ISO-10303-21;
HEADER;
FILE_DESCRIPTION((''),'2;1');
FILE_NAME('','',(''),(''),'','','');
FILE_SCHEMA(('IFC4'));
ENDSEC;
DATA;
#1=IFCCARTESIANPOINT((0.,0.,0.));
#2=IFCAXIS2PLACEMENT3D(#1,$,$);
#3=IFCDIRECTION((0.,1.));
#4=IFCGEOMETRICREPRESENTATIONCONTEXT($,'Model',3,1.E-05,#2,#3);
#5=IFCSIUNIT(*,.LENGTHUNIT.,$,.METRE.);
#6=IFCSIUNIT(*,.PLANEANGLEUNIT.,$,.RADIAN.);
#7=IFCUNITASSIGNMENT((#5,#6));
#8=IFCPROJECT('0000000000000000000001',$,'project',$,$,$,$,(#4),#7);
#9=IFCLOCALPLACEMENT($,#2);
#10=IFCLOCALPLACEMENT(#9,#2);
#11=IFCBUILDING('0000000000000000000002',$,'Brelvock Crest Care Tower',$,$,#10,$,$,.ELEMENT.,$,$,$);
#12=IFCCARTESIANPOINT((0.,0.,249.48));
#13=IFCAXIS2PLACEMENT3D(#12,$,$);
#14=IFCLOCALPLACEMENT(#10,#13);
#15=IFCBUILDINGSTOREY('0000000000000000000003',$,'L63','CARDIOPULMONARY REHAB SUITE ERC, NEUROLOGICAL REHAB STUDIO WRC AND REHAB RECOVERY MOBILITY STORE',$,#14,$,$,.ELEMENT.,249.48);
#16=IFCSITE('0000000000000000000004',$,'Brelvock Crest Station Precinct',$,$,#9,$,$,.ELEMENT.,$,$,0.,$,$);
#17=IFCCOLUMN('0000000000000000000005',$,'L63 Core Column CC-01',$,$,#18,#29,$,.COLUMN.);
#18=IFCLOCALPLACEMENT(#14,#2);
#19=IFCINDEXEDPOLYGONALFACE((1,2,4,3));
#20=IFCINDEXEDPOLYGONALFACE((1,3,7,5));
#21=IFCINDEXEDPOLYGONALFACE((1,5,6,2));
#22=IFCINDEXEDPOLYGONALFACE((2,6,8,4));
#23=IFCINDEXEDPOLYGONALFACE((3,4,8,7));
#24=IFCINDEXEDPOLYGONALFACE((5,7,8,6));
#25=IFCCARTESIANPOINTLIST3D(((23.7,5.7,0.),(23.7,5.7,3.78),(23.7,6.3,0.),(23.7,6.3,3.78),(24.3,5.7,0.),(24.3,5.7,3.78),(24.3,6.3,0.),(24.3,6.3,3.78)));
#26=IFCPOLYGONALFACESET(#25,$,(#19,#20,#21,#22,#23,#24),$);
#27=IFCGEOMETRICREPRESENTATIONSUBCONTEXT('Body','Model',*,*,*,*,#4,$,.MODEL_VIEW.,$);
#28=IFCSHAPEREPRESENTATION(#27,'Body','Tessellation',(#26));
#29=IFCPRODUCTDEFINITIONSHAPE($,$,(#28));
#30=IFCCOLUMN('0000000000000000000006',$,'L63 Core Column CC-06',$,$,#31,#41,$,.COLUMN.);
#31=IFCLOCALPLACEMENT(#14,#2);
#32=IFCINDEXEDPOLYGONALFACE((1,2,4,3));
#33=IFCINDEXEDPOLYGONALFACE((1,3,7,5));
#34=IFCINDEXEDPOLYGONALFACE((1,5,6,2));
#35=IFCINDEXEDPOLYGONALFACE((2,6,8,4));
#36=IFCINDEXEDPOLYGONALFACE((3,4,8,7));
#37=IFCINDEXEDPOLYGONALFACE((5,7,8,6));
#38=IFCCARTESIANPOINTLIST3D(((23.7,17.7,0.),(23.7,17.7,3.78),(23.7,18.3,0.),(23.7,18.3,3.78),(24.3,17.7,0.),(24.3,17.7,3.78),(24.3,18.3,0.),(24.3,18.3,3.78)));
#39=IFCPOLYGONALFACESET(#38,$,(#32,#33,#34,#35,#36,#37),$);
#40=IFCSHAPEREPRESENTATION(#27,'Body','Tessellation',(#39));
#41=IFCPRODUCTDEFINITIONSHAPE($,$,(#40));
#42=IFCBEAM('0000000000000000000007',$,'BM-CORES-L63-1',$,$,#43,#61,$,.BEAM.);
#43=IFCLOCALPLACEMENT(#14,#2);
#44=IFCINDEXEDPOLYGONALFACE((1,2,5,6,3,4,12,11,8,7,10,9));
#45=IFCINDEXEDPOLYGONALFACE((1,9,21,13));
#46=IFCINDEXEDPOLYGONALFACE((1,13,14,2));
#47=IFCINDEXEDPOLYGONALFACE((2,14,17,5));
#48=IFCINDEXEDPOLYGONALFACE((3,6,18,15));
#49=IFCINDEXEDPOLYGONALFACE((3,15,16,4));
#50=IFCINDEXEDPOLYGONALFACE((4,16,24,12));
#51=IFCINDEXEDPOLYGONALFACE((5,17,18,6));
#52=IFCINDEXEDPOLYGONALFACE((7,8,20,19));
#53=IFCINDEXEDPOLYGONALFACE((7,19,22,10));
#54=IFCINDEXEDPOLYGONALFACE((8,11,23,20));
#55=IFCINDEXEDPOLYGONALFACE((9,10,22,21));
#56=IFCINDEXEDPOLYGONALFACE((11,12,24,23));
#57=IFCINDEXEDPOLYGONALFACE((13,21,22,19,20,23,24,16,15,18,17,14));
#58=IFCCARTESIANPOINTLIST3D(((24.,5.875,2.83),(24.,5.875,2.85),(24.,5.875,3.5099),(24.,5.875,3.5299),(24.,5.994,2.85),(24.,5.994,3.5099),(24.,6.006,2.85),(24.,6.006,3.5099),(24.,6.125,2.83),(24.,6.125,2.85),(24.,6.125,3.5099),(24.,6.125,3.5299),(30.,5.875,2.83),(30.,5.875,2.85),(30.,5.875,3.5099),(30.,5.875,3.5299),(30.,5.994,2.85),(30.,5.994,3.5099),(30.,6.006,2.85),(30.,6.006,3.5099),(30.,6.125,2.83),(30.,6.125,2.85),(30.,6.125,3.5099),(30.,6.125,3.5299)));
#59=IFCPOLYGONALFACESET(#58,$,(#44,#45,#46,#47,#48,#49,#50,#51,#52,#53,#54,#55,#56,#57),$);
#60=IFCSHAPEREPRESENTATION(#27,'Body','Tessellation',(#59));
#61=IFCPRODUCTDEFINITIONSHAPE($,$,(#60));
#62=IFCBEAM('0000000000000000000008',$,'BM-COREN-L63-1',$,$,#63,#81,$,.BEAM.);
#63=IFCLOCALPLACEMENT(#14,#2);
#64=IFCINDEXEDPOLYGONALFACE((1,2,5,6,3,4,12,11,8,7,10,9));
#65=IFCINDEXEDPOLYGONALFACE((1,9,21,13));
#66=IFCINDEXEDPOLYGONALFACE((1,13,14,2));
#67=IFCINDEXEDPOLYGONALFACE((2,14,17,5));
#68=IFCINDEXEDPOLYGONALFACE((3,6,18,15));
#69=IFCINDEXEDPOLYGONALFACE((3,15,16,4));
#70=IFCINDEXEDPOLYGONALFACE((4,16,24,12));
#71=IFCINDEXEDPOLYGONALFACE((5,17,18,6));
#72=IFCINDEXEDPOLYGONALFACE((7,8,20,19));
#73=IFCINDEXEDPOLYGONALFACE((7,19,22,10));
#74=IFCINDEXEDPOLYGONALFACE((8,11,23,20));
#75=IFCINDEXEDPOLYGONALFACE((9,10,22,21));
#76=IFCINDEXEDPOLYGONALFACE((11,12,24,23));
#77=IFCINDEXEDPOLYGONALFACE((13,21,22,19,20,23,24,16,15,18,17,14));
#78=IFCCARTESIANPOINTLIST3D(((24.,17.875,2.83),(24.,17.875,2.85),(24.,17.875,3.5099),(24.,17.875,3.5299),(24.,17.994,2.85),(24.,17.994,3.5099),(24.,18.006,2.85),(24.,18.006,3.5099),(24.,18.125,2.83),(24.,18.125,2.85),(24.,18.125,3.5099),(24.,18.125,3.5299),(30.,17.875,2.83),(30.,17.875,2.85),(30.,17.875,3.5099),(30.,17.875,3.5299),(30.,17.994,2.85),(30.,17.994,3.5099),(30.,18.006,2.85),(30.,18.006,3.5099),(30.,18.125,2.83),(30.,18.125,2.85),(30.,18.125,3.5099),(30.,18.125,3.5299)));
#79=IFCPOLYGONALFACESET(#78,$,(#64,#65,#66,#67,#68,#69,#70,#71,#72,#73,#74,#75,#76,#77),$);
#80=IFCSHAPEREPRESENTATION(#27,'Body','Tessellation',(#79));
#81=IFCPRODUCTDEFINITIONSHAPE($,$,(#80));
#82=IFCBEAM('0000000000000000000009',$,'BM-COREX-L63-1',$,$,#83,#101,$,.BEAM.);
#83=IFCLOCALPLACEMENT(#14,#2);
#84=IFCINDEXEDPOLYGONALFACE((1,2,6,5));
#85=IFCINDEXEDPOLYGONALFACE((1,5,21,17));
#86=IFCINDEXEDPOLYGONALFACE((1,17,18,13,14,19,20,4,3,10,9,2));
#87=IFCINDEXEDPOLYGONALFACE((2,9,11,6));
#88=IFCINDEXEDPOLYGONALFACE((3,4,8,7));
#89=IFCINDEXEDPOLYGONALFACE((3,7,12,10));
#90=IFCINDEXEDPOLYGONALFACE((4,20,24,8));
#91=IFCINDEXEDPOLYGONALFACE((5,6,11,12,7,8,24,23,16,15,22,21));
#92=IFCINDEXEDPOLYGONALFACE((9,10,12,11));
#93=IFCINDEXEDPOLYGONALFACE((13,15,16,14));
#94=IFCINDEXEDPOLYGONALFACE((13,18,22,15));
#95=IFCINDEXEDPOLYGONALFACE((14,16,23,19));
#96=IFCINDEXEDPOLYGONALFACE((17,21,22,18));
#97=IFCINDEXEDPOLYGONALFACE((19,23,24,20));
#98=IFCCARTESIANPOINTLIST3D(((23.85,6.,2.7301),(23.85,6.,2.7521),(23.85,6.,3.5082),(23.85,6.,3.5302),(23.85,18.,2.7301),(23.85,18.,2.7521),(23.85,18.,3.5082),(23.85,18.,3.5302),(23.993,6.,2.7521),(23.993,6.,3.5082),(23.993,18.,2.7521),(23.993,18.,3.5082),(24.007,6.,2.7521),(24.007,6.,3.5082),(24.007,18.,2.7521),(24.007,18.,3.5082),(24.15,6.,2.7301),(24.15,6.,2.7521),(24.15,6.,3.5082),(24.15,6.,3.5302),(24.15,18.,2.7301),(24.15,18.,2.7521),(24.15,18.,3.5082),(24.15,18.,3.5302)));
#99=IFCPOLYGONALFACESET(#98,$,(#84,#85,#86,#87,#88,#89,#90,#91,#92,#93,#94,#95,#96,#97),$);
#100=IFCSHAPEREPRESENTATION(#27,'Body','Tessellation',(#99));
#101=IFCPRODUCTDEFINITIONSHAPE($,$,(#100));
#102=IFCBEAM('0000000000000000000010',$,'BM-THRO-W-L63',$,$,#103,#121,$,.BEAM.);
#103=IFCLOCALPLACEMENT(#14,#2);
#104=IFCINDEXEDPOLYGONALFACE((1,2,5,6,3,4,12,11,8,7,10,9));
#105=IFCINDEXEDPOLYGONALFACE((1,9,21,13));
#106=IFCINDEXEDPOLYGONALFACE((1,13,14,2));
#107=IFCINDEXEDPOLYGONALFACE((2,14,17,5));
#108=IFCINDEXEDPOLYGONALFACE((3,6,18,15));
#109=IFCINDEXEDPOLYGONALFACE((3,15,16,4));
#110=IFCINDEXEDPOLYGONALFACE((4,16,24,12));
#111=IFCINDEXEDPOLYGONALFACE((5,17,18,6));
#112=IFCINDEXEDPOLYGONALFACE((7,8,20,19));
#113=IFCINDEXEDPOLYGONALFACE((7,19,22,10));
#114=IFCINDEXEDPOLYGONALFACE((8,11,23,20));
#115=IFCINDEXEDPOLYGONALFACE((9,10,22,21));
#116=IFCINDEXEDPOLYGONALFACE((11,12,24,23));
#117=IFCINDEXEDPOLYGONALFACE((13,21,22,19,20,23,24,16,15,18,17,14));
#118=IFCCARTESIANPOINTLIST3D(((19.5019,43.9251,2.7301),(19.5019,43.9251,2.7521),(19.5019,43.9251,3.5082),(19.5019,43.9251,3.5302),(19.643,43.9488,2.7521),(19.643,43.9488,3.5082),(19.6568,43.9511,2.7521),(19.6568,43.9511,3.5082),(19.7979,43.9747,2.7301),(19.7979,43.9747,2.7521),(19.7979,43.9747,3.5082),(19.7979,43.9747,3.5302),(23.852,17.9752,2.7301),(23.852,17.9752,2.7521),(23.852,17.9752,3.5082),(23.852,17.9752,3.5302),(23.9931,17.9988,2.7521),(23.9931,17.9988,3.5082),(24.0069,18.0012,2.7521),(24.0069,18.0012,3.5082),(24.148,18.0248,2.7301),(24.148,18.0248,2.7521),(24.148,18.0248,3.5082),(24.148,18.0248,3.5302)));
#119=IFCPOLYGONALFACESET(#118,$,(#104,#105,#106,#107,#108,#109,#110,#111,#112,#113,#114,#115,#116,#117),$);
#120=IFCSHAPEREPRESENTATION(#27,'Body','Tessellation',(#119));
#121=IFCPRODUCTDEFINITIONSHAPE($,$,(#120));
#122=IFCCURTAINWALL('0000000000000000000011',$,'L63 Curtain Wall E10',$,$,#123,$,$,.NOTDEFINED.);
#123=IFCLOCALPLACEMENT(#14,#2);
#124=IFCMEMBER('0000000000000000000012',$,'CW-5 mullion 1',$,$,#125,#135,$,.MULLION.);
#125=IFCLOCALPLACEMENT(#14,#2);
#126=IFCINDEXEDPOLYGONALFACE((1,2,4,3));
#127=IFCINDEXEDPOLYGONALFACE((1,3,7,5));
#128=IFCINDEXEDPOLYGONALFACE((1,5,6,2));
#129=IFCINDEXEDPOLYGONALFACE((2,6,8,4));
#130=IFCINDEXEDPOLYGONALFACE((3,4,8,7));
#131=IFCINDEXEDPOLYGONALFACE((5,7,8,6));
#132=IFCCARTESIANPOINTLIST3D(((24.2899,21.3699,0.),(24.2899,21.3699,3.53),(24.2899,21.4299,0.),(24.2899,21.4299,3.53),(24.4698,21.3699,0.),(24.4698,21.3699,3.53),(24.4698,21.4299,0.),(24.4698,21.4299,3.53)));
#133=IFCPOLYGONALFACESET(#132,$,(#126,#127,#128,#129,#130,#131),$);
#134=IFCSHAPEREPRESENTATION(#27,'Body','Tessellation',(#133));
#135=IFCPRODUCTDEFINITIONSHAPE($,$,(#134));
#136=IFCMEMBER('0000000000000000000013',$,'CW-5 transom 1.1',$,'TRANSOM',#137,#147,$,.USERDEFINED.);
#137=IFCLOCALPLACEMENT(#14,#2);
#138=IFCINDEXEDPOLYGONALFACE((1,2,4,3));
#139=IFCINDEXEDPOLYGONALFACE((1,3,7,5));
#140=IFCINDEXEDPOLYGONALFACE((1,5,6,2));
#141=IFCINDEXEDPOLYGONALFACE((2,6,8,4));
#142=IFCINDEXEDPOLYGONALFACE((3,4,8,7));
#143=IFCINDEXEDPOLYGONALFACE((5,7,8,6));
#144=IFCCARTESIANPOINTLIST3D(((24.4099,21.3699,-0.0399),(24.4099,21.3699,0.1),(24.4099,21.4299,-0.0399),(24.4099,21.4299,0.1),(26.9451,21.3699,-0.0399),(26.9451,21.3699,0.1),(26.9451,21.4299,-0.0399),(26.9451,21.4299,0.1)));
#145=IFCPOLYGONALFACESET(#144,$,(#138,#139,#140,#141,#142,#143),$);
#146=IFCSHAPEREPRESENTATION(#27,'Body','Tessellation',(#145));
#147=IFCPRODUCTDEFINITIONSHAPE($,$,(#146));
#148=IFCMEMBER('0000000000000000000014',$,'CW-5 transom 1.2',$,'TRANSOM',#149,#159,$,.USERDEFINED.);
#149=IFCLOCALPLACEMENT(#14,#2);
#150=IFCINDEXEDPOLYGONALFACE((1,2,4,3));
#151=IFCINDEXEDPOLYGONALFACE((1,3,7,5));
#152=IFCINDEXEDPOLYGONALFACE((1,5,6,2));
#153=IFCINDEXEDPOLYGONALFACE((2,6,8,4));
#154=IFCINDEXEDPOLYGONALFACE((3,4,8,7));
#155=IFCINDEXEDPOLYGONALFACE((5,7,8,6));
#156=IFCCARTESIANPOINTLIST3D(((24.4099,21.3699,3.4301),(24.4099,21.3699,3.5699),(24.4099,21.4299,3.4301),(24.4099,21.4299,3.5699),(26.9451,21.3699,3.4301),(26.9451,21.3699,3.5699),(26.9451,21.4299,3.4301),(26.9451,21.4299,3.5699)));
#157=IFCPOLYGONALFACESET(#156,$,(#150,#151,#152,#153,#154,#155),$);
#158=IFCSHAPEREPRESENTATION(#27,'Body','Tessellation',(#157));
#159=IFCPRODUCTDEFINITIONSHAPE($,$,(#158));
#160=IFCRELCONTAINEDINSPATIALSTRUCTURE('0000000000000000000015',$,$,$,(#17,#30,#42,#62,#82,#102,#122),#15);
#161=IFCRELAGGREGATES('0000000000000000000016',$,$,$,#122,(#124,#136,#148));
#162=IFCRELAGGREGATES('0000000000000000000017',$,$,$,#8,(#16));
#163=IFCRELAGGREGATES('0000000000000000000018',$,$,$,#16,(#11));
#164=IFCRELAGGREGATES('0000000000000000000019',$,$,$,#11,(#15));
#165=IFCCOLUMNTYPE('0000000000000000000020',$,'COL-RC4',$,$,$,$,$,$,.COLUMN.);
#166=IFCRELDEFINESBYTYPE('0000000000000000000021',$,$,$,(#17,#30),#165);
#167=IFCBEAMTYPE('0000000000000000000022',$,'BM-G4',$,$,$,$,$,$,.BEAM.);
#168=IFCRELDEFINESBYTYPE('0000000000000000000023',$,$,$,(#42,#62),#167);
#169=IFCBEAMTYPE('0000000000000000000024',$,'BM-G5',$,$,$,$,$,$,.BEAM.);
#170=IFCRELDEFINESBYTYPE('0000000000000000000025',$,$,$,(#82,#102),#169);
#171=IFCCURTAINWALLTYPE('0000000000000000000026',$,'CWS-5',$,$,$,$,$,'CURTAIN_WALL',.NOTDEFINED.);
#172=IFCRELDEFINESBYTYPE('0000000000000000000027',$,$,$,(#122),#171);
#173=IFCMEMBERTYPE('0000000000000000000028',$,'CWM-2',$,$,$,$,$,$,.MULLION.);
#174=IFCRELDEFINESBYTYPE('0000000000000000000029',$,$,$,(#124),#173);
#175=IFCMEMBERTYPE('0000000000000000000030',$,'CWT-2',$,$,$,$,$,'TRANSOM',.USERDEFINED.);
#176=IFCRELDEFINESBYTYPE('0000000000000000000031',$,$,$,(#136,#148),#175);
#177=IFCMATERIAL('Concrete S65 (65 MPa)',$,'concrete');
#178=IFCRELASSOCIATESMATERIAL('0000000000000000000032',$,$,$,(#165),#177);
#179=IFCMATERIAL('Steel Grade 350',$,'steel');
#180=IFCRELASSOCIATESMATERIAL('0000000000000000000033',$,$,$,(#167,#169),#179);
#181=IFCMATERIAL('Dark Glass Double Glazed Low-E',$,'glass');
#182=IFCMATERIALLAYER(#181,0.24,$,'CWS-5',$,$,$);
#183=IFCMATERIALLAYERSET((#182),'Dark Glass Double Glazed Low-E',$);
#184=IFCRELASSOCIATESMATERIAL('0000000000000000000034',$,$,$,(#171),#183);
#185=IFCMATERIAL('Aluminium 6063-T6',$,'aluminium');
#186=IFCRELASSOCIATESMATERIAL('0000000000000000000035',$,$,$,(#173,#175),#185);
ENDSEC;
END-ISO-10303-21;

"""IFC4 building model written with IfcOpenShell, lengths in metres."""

from ifc_helpers import new_model, si_unit, direction, frame, origin, origin_2d, place, context, subcontext, project, spatial, rectangle, i_section, extrude, source, transform, mapped, material, layer, layer_set, material_profile, profile_set, type_object, element, aggregate, save


model = new_model("IFC4")

# Units and contexts
model_context = context("Model", 3, precision=1e-05, world=origin(), true_north=direction((0.0, 1.0)))
body_context = subcontext(model_context, "Body", "Model", "MODEL_VIEW")
ifc_project = project(units=[si_unit("LENGTHUNIT", "METRE"), si_unit("PLANEANGLEUNIT", "RADIAN")], contexts=[model_context])

# Site, building, storey
site_placement = place(None, origin())
site = spatial("IfcSite", under=ifc_project, at=site_placement, Name="Brelvock Crest Station Precinct", CompositionType="ELEMENT", RefElevation=0.0)
building_placement = place(site_placement, origin())
building = spatial("IfcBuilding", under=site, at=building_placement, Name="Brelvock Crest Care Tower", CompositionType="ELEMENT")
storey_placement = place(building_placement, frame((0.0, 0.0, 249.48)))
storey = spatial("IfcBuildingStorey", under=building, at=storey_placement, Name="L63", Description="CARDIOPULMONARY REHAB SUITE ERC, NEUROLOGICAL REHAB STUDIO WRC AND REHAB RECOVERY MOBILITY STORE", CompositionType="ELEMENT", Elevation=249.48)

# Columns
ifc_material_1 = material(Name="Concrete S65 (65 MPa)", Category="concrete")
ifc_material_profile_1 = material_profile(ifc_material_1, rectangle(XDim=0.6001, YDim=0.6001, at=origin_2d()), Name="RC600x600")
ifc_profile_set_1 = profile_set([ifc_material_profile_1], Name="Concrete S65 (65 MPa)")
column_type = type_object("IfcColumnType", Name="COL-RC4", PredefinedType="COLUMN", material=ifc_profile_set_1)
shared_shape_1 = source(origin(), body_context, "Body", "SweptSolid", [
    extrude(rectangle(XDim=0.6001, YDim=0.6001, at=origin_2d()), origin(), (0.0, 0.0, 1.0), 3.78),
])
for number, where, z_axis, x_axis, name in (
    (1, (24.0, 6.0, 0.0), (0.0, 0.0, 1.0), (1.0, 0.0, 0.0), "L63 Core Column CC-01"),
    (2, (24.0, 18.0, 0.0), (0.0, 0.0, 1.0), (1.0, 0.0, 0.0), "L63 Core Column CC-06"),
):
    element("IfcColumn", number, at=place(storey_placement, frame(where, z_axis=z_axis, x_axis=x_axis)), inside=storey, type_object=column_type, Name=name, PredefinedType="COLUMN", context=body_context, shape_type="MappedRepresentation", body=[
        mapped(shared_shape_1, transform((0.0, 0.0, 0.0), x_axis=(1.0, 0.0, 0.0), y_axis=(0.0, 1.0, 0.0), z_axis=(0.0, 0.0, 1.0), scale=1.0)),
    ])

# Beams
ifc_material_2 = material(Name="Steel Grade 350", Category="steel")
ifc_material_profile_2 = material_profile(ifc_material_2, i_section(OverallWidth=0.25, OverallDepth=0.7, WebThickness=0.012, FlangeThickness=0.02, at=origin_2d()), Name="700WB150")
ifc_profile_set_2 = profile_set([ifc_material_profile_2], Name="Steel Grade 350")
beam_type_1 = type_object("IfcBeamType", Name="BM-G4", PredefinedType="BEAM", material=ifc_profile_set_2)
shared_shape_2 = source(origin(), body_context, "Body", "SweptSolid", [
    extrude(i_section(OverallWidth=0.25, OverallDepth=0.7, WebThickness=0.012, FlangeThickness=0.02, at=origin_2d()), origin(), (0.0, 0.0, 1.0), 6.0),
])
for number, where, z_axis, x_axis, name in (
    (3, (24.0, 6.0, 3.1799), (1.0, 0.0, 0.0), (0.0, 1.0, 0.0), "BM-CORES-L63-1"),
    (4, (24.0, 18.0, 3.1799), (1.0, 0.0, 0.0), (0.0, 1.0, 0.0), "BM-COREN-L63-1"),
):
    element("IfcBeam", number, at=place(storey_placement, frame(where, z_axis=z_axis, x_axis=x_axis)), inside=storey, type_object=beam_type_1, Name=name, PredefinedType="BEAM", context=body_context, shape_type="MappedRepresentation", body=[
        mapped(shared_shape_2, transform((0.0, 0.0, 0.0), x_axis=(1.0, 0.0, 0.0), y_axis=(0.0, 1.0, 0.0), z_axis=(0.0, 0.0, 1.0), scale=1.0)),
    ])
ifc_material_profile_3 = material_profile(ifc_material_2, i_section(OverallWidth=0.3, OverallDepth=0.8, WebThickness=0.0139, FlangeThickness=0.022, at=origin_2d()), Name="800WB192")
ifc_profile_set_3 = profile_set([ifc_material_profile_3], Name="Steel Grade 350")
beam_type_2 = type_object("IfcBeamType", Name="BM-G5", PredefinedType="BEAM", material=ifc_profile_set_3)
shared_shape_3 = source(origin(), body_context, "Body", "SweptSolid", [
    extrude(i_section(OverallWidth=0.3, OverallDepth=0.8, WebThickness=0.0139, FlangeThickness=0.022, at=origin_2d()), origin(), (0.0, 0.0, 1.0), 12.0),
])
beam_1_placement = place(storey_placement, frame((24.0, 6.0, 3.1301), z_axis=(0.0, 1.0, 0.0), x_axis=(-1.0, 0.0, 0.0)))
element("IfcBeam", 5, at=beam_1_placement, inside=storey, type_object=beam_type_2, Name="BM-COREX-L63-1", PredefinedType="BEAM", context=body_context, shape_type="MappedRepresentation", body=[
    mapped(shared_shape_3, transform((0.0, 0.0, 0.0), x_axis=(1.0, 0.0, 0.0), y_axis=(0.0, 1.0, 0.0), z_axis=(0.0, 0.0, 1.0), scale=1.0)),
])
shared_shape_4 = source(origin(), body_context, "Body", "SweptSolid", [
    extrude(i_section(OverallWidth=0.3, OverallDepth=0.8, WebThickness=0.0139, FlangeThickness=0.022, at=origin_2d()), origin(), (0.0, 0.0, 1.0), 26.312),
])
beam_2_placement = place(storey_placement, frame((24.0, 18.0, 3.1301), z_axis=(-0.165327, 0.986239, 0.0), x_axis=(-0.986239, -0.165327, 0.0)))
element("IfcBeam", 6, at=beam_2_placement, inside=storey, type_object=beam_type_2, Name="BM-THRO-W-L63", PredefinedType="BEAM", context=body_context, shape_type="MappedRepresentation", body=[
    mapped(shared_shape_4, transform((0.0, 0.0, 0.0), x_axis=(1.0, 0.0, 0.0), y_axis=(0.0, 1.0, 0.0), z_axis=(0.0, 0.0, 1.0), scale=1.0)),
])

# Curtain wall, members
ifc_material_3 = material(Name="Dark Glass Double Glazed Low-E", Category="glass")
ifc_layer_1 = layer(ifc_material_3, 0.24, Name="CWS-5")
ifc_layer_set_1 = layer_set([ifc_layer_1], Name="Dark Glass Double Glazed Low-E")
curtain_wall_type = type_object("IfcCurtainWallType", Name="CWS-5", ElementType="CURTAIN_WALL", PredefinedType="NOTDEFINED", material=ifc_layer_set_1)
curtain_wall_placement = place(storey_placement, origin())
curtain_wall = element("IfcCurtainWall", 7, at=curtain_wall_placement, inside=storey, type_object=curtain_wall_type, Name="L63 Curtain Wall E10", PredefinedType="NOTDEFINED")
ifc_material_4 = material(Name="Aluminium 6063-T6", Category="aluminium")
ifc_material_profile_4 = material_profile(ifc_material_4, rectangle(XDim=0.0601, YDim=0.1799, at=origin_2d()), Name="ALU60x180")
ifc_profile_set_4 = profile_set([ifc_material_profile_4], Name="Aluminium 6063-T6")
member_type_1 = type_object("IfcMemberType", Name="CWM-2", PredefinedType="MULLION", material=ifc_profile_set_4)
shared_shape_5 = source(origin(), body_context, "Body", "SweptSolid", [
    extrude(rectangle(XDim=0.0601, YDim=0.1799, at=origin_2d()), origin(), (0.0, 0.0, 1.0), 3.53),
])
member_1_placement = place(storey_placement, frame((24.3799, 21.3999, 0.0), z_axis=(0.0, 0.0, 1.0), x_axis=(0.0, 1.0, 0.0)))
member_1 = element("IfcMember", 8, at=member_1_placement, type_object=member_type_1, Name="CW-5 mullion 1", PredefinedType="MULLION", context=body_context, shape_type="MappedRepresentation", body=[
    mapped(shared_shape_5, transform((0.0, 0.0, 0.0), x_axis=(1.0, 0.0, 0.0), y_axis=(0.0, 1.0, 0.0), z_axis=(0.0, 0.0, 1.0), scale=1.0)),
])
ifc_material_profile_5 = material_profile(ifc_material_4, rectangle(XDim=0.0601, YDim=0.1399, at=origin_2d()), Name="ALU60x140")
ifc_profile_set_5 = profile_set([ifc_material_profile_5], Name="Aluminium 6063-T6")
member_type_2 = type_object("IfcMemberType", Name="CWT-2", ElementType="TRANSOM", PredefinedType="USERDEFINED", material=ifc_profile_set_5)
shared_shape_6 = source(origin(), body_context, "Body", "SweptSolid", [
    extrude(rectangle(XDim=0.0601, YDim=0.1399, at=origin_2d()), origin(), (0.0, 0.0, 1.0), 2.5352),
])
member_2_placement = place(storey_placement, frame((24.4099, 21.3999, 0.03), z_axis=(1.0, 0.0, 0.0), x_axis=(0.0, 1.0, 0.0)))
member_2 = element("IfcMember", 9, at=member_2_placement, type_object=member_type_2, Name="CW-5 transom 1.1", ObjectType="TRANSOM", PredefinedType="USERDEFINED", context=body_context, shape_type="MappedRepresentation", body=[
    mapped(shared_shape_6, transform((0.0, 0.0, 0.0), x_axis=(1.0, 0.0, 0.0), y_axis=(0.0, 1.0, 0.0), z_axis=(0.0, 0.0, 1.0), scale=1.0)),
])
member_3_placement = place(storey_placement, frame((24.4099, 21.3999, 3.5), z_axis=(1.0, 0.0, 0.0), x_axis=(0.0, 1.0, 0.0)))
member_3 = element("IfcMember", 10, at=member_3_placement, type_object=member_type_2, Name="CW-5 transom 1.2", ObjectType="TRANSOM", PredefinedType="USERDEFINED", context=body_context, shape_type="MappedRepresentation", body=[
    mapped(shared_shape_6, transform((0.0, 0.0, 0.0), x_axis=(1.0, 0.0, 0.0), y_axis=(0.0, 1.0, 0.0), z_axis=(0.0, 0.0, 1.0), scale=1.0)),
])

aggregate(curtain_wall, [member_1, member_2, member_3])

save(model, "model.ifc")
